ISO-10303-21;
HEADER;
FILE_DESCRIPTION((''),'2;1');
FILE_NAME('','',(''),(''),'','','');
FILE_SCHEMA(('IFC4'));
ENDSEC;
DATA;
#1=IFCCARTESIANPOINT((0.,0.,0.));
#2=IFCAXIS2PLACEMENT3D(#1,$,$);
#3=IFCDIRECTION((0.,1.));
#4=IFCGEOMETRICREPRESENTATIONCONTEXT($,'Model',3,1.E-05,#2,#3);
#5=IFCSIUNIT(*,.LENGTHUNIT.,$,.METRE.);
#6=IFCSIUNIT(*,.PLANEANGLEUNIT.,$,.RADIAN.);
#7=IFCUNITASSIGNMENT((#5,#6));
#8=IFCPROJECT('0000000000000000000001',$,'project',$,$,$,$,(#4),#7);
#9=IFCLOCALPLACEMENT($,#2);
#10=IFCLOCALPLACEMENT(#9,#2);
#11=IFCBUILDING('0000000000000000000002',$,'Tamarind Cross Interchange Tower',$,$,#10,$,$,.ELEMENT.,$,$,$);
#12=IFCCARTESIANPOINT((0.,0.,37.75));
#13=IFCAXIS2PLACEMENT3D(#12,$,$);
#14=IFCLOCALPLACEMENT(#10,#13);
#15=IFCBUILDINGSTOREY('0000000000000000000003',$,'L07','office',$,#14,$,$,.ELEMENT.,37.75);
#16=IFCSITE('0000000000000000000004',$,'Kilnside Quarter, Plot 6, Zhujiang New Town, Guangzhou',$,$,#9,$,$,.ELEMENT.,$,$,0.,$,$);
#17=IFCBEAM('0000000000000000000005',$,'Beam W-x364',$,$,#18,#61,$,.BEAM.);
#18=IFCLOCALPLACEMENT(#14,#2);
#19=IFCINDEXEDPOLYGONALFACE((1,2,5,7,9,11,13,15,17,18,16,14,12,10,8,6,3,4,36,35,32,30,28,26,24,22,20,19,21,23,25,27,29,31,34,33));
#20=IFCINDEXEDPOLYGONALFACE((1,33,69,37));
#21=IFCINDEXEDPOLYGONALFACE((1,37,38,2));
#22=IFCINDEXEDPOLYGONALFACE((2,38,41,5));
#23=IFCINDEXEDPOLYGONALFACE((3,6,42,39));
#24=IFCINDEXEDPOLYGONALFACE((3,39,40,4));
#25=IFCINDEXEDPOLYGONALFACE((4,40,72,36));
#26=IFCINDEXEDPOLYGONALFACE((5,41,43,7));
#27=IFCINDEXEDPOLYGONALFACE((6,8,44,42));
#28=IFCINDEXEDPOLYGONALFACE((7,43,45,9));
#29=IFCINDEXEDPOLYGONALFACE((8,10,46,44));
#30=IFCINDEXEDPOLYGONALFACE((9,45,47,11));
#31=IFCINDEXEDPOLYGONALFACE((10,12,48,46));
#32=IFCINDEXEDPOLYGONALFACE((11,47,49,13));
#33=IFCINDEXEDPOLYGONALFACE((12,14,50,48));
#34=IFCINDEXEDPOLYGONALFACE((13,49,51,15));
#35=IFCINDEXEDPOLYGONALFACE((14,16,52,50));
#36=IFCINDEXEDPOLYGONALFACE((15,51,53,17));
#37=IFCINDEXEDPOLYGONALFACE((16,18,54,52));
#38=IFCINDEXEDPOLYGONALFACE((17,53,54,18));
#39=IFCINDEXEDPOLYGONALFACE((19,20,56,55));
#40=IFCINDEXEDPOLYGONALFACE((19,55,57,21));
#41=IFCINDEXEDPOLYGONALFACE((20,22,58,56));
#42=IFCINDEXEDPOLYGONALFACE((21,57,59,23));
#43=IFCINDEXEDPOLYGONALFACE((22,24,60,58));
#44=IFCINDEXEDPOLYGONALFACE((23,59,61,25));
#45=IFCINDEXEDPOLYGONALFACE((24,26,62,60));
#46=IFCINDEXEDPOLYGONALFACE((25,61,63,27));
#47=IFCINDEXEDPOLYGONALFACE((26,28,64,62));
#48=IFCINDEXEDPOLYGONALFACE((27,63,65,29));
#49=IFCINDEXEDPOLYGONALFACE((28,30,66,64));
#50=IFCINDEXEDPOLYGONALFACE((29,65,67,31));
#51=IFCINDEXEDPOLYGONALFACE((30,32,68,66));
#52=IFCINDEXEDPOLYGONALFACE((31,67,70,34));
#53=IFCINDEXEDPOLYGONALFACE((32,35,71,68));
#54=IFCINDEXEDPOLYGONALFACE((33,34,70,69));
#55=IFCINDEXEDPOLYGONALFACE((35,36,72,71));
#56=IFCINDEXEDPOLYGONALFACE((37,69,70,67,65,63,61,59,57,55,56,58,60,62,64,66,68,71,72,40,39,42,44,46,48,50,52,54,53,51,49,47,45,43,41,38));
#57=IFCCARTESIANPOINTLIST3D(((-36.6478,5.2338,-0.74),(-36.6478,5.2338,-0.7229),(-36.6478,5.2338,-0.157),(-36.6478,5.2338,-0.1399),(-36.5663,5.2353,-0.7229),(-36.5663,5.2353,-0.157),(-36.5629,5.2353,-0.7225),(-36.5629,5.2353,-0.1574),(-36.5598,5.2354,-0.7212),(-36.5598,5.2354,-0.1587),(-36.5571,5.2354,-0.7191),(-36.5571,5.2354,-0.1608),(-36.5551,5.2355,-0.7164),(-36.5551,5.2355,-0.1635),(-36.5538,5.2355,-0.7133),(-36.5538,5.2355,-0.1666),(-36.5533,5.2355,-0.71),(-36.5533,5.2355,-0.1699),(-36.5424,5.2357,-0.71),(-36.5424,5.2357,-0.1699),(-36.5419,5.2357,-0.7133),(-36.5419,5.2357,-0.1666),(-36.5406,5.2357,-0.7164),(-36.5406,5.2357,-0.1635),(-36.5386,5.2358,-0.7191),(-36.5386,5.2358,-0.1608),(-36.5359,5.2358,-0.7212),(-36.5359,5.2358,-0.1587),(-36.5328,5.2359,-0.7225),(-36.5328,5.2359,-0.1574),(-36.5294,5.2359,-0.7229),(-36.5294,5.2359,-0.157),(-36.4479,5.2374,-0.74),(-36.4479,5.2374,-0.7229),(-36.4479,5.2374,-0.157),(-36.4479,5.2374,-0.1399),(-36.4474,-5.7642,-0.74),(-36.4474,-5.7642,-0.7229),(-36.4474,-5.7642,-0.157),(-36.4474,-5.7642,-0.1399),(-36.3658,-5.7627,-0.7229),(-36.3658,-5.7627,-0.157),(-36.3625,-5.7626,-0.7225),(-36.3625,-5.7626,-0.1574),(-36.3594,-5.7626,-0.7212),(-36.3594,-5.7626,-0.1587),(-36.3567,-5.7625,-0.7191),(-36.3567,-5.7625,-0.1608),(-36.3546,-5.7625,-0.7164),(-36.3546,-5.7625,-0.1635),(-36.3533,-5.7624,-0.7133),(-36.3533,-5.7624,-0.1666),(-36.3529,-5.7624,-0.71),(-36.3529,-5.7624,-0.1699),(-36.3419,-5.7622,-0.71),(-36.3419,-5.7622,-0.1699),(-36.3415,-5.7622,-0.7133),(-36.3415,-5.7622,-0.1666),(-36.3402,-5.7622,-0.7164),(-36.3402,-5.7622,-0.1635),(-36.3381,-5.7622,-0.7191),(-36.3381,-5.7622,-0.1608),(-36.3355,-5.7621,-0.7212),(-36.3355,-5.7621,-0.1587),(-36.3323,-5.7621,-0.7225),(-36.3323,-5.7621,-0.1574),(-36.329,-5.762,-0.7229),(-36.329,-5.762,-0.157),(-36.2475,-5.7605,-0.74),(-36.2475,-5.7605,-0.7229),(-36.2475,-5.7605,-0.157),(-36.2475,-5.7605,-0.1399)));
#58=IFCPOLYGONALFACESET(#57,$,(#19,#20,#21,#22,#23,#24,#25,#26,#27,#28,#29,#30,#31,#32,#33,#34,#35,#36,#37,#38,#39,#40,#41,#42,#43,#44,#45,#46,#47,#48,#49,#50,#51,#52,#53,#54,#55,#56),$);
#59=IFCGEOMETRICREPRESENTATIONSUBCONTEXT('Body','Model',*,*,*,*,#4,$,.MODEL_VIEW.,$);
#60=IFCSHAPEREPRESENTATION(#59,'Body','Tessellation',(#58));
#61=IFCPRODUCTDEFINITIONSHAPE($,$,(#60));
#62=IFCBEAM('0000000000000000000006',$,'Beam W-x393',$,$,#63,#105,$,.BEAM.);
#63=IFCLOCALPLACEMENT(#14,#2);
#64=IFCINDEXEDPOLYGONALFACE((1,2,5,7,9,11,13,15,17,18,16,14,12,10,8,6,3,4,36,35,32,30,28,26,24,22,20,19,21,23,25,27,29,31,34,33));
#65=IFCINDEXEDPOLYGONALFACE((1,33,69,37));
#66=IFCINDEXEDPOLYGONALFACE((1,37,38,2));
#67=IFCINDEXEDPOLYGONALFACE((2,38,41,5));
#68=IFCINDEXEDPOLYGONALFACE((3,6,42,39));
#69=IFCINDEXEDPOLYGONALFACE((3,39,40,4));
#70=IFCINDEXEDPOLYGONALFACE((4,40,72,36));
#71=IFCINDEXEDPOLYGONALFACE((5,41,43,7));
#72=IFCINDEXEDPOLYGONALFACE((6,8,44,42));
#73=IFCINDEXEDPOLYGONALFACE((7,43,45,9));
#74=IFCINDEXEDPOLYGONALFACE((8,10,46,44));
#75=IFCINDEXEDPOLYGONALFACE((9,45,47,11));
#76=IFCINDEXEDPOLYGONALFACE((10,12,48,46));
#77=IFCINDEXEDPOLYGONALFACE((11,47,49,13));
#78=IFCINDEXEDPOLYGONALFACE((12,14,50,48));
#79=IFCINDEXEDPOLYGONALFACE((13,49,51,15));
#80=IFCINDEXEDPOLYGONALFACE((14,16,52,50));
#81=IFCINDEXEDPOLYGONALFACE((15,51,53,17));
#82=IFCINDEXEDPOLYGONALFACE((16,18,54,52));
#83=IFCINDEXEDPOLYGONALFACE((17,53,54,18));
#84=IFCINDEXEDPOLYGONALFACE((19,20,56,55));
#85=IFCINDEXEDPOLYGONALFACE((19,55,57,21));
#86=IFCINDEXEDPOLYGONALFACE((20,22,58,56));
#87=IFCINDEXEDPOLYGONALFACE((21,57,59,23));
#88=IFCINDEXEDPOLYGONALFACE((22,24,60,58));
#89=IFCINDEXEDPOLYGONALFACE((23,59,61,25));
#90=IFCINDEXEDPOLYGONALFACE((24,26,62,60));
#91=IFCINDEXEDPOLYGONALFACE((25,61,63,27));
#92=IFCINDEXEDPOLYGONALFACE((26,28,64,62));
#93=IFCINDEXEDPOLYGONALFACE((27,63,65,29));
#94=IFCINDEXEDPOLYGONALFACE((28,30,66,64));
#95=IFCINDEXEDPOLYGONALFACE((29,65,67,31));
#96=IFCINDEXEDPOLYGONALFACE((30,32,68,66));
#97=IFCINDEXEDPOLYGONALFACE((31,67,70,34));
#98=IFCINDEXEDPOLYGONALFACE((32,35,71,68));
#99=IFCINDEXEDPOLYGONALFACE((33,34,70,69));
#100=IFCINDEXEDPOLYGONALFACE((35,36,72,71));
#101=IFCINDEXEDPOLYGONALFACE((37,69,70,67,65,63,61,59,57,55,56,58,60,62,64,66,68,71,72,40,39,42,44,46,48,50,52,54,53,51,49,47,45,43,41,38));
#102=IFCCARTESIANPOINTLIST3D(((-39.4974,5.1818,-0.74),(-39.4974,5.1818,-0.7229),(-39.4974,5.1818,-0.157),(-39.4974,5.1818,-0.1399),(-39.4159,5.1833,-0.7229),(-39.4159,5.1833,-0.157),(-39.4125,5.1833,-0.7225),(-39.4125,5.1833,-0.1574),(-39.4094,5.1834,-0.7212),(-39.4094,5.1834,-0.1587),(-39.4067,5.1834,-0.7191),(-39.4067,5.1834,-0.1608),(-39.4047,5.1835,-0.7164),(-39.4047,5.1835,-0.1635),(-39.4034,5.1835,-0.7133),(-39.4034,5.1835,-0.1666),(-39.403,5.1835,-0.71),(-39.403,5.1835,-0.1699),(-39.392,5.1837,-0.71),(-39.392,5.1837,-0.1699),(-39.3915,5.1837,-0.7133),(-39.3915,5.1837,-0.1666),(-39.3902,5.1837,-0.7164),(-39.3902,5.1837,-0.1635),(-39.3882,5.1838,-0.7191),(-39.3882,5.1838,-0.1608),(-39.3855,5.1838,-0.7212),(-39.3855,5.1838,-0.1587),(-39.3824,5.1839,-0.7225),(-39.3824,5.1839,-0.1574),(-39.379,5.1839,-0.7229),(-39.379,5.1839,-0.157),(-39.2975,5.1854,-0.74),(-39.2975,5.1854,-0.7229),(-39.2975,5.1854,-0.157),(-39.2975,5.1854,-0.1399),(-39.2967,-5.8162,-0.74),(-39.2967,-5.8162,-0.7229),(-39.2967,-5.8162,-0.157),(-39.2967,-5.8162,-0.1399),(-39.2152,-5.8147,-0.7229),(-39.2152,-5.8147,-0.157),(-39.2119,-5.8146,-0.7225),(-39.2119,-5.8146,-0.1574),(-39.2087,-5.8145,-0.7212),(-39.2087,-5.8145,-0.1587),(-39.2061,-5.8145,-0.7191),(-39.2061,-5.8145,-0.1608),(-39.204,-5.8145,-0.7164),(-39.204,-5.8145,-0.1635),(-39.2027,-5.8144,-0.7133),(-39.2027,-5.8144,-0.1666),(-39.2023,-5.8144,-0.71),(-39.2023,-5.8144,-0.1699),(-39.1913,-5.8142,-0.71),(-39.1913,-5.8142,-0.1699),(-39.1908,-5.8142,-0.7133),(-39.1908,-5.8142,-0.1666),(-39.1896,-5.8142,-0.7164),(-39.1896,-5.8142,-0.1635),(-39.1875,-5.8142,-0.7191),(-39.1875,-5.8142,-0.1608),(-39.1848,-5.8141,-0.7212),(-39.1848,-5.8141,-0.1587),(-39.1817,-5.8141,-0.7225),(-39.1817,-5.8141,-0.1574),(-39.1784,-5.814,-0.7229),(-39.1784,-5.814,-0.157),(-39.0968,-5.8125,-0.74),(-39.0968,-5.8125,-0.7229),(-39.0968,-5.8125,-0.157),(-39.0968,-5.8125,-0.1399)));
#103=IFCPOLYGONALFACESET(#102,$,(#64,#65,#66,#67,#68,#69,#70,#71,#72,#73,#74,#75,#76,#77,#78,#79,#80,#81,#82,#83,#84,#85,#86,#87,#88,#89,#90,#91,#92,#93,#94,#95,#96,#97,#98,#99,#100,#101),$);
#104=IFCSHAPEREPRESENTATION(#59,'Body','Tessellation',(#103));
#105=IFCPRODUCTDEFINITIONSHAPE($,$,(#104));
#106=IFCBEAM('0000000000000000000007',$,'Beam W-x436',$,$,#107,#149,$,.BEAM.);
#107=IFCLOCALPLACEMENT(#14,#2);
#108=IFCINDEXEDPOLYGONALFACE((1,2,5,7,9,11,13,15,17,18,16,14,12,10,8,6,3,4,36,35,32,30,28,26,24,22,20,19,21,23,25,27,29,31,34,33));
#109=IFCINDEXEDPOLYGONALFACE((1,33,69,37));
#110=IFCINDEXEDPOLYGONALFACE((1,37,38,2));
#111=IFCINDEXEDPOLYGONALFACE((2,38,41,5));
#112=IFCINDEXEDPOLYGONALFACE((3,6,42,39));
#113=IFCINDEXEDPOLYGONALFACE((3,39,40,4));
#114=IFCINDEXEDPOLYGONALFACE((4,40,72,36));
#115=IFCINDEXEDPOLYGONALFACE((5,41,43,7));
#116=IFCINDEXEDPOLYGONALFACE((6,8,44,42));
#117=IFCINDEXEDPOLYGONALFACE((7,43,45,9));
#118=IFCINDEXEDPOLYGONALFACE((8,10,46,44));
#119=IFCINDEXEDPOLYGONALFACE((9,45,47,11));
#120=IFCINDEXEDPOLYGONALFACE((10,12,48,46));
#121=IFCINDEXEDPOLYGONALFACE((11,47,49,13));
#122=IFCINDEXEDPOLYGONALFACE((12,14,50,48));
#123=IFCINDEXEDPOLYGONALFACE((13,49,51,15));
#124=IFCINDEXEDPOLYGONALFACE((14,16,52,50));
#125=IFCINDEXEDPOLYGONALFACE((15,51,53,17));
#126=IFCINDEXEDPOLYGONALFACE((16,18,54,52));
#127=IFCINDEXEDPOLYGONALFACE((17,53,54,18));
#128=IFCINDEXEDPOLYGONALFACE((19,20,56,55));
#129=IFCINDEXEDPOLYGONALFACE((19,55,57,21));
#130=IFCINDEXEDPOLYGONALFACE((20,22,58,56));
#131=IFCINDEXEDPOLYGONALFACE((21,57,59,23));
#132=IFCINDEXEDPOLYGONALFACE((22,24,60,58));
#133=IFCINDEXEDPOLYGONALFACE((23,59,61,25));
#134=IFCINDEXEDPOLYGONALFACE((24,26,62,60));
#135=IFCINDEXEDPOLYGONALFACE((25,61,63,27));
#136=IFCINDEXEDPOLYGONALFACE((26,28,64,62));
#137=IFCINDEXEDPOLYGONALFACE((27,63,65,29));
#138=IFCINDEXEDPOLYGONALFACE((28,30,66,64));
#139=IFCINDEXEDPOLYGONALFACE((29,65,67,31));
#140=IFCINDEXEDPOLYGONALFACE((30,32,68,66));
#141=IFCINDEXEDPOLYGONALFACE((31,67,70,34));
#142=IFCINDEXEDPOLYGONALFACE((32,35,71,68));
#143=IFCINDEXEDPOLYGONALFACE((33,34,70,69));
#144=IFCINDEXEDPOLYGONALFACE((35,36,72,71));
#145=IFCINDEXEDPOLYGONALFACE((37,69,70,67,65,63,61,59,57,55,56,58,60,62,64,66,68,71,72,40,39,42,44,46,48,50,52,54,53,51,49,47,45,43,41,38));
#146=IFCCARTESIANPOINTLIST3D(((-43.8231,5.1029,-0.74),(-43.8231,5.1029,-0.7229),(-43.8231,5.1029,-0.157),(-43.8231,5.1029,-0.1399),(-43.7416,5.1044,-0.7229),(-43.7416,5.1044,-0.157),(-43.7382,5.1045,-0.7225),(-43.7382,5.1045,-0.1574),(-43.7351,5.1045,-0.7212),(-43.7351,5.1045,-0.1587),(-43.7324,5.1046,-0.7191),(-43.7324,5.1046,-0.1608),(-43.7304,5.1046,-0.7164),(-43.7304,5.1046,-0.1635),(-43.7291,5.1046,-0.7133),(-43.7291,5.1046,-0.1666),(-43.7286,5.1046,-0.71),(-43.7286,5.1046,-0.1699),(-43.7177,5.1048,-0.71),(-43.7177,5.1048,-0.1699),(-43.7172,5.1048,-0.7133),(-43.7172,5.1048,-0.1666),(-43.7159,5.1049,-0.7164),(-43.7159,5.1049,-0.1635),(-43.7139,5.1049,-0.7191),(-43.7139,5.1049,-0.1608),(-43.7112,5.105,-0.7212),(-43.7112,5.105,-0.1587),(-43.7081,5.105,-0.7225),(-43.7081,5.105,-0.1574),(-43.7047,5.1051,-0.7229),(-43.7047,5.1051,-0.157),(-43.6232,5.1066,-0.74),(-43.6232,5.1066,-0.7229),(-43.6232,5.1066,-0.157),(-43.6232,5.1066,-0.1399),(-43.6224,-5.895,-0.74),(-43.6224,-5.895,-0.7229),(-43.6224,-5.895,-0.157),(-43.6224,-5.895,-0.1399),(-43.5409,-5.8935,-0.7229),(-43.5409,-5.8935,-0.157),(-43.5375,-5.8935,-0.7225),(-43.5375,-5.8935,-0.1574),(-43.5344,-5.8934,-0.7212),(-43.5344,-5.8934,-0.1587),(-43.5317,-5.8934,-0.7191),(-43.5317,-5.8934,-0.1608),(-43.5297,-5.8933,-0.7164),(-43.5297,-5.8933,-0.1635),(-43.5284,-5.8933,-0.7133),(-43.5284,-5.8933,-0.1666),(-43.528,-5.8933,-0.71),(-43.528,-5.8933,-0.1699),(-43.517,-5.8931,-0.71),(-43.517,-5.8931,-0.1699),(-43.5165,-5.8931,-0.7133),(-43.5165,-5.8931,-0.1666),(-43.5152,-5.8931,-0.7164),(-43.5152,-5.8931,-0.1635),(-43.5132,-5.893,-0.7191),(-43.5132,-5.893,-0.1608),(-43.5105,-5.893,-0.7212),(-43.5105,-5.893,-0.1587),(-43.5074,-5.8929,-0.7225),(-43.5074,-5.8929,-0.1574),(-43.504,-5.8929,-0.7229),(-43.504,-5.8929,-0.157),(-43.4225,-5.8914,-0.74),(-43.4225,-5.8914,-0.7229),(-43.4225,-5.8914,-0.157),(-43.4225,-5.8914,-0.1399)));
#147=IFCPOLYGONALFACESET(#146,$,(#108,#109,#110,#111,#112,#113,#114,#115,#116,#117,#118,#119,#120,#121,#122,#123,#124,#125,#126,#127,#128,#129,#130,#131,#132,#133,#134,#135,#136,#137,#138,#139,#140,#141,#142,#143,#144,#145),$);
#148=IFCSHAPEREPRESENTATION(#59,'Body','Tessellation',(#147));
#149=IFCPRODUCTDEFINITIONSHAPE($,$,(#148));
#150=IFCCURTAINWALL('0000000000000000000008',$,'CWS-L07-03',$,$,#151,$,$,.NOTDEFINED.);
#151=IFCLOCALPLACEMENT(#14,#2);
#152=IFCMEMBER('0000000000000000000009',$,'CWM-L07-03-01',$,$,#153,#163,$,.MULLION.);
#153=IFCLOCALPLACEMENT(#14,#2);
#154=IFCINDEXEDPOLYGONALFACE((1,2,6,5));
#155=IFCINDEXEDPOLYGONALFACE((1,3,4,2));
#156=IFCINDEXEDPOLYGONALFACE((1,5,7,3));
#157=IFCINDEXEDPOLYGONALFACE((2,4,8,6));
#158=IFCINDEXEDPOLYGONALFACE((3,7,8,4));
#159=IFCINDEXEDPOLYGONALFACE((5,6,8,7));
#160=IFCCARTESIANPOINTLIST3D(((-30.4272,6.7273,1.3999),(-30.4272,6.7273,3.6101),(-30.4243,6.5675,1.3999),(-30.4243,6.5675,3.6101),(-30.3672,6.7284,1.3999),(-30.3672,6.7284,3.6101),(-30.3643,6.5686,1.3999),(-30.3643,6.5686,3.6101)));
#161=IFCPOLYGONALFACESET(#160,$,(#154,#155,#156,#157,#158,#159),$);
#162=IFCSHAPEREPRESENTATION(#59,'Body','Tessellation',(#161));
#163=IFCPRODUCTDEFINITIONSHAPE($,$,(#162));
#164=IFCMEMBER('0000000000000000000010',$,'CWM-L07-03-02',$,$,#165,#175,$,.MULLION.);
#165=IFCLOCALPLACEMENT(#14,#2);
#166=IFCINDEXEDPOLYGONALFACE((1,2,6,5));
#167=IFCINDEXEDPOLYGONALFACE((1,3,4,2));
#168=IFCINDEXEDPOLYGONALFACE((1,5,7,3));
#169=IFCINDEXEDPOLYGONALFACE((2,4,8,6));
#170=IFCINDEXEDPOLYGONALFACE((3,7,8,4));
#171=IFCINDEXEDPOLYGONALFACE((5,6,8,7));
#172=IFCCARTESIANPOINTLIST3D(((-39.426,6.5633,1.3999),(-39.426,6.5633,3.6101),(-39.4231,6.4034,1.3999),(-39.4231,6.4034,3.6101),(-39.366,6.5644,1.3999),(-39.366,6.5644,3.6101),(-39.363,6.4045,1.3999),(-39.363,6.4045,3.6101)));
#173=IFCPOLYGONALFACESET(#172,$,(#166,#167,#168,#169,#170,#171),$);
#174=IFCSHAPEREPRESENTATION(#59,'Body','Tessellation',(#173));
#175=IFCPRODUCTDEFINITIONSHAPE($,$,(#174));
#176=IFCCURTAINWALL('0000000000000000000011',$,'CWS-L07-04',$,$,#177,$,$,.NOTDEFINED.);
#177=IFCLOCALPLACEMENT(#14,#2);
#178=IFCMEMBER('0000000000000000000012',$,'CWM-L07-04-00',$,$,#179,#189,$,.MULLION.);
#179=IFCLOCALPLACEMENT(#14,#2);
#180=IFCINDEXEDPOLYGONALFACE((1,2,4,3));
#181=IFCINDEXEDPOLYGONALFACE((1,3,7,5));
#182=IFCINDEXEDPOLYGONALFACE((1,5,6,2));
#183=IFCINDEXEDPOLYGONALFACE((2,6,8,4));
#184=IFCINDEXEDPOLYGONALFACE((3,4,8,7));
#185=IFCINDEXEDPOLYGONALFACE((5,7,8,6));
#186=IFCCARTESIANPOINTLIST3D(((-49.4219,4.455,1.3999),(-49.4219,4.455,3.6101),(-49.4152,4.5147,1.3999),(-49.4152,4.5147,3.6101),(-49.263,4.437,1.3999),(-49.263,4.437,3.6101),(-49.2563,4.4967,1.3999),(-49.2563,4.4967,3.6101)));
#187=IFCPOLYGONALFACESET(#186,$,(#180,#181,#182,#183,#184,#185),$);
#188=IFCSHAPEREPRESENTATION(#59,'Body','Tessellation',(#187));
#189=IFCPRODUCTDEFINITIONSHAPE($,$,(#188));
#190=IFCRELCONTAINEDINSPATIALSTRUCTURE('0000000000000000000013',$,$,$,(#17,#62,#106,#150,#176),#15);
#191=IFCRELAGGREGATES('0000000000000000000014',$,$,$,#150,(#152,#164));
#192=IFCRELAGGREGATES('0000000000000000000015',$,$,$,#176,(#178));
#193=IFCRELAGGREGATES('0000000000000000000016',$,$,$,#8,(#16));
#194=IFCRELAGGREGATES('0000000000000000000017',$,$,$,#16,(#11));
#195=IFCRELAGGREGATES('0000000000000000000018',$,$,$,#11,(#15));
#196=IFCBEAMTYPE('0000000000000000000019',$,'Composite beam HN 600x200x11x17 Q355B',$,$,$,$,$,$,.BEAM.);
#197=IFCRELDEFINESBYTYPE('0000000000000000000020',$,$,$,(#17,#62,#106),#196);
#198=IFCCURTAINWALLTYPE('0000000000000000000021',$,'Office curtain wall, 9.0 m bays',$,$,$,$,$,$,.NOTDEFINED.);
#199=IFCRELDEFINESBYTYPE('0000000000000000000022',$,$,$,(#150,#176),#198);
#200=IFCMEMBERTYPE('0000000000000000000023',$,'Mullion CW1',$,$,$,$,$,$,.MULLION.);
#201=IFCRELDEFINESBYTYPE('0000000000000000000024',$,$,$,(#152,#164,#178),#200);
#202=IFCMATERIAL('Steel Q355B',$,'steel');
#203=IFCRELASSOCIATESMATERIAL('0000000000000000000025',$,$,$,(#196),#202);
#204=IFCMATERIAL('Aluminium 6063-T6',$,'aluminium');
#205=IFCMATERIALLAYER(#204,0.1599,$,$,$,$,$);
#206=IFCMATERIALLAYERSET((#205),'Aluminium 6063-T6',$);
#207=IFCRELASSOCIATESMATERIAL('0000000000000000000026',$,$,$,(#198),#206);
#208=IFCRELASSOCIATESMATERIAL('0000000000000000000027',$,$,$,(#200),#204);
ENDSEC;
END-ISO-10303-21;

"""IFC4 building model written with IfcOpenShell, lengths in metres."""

from ifc_helpers import new_model, si_unit, direction, frame, origin, origin_2d, place, context, subcontext, project, spatial, rectangle, i_section, extrude, material, layer, layer_set, material_profile, profile_set, type_object, element, aggregate, save


model = new_model("IFC4")

# Units and contexts
model_context = context("Model", 3, precision=1e-05, world=origin(), true_north=direction((0.0, 1.0)))
body_context = subcontext(model_context, "Body", "Model", "MODEL_VIEW")
ifc_project = project(units=[si_unit("LENGTHUNIT", "METRE"), si_unit("PLANEANGLEUNIT", "RADIAN")], contexts=[model_context])

# Site, building, storey
site_placement = place(None, origin())
site = spatial("IfcSite", under=ifc_project, at=site_placement, Name="Kilnside Quarter, Plot 6, Zhujiang New Town, Guangzhou", CompositionType="ELEMENT", RefElevation=0.0)
building_placement = place(site_placement, origin())
building = spatial("IfcBuilding", under=site, at=building_placement, Name="Tamarind Cross Interchange Tower", CompositionType="ELEMENT")
storey_placement = place(building_placement, frame((0.0, 0.0, 37.75)))
storey = spatial("IfcBuildingStorey", under=building, at=storey_placement, Name="L07", Description="office", CompositionType="ELEMENT", Elevation=37.75)

# Beams
ifc_material_1 = material(Name="Steel Q355B", Category="steel")
ifc_material_profile_1 = material_profile(ifc_material_1, i_section(OverallWidth=0.2, OverallDepth=0.6001, WebThickness=0.011, FlangeThickness=0.0171, FilletRadius=0.0129, at=origin_2d()), Name="HN 600x200x11x17")
ifc_profile_set_1 = profile_set([ifc_material_profile_1], Name="Steel Q355B")
beam_type_1 = type_object("IfcBeamType", Name="Composite beam HN 600x200x11x17 Q355B", PredefinedType="BEAM", material=ifc_profile_set_1)
for number, where, z_axis, x_axis, name in (
    (1, (-36.5479, 5.2356, -0.4399), (0.018222, -0.999834, 0.0), (0.999834, 0.018222, 0.0), "Beam W-x364"),
    (2, (-39.3975, 5.1836, -0.4399), (0.018244, -0.999834, 0.0), (0.999834, 0.018244, 0.0), "Beam W-x393"),
    (3, (-43.7231, 5.1047, -0.4399), (0.018244, -0.999834, 0.0), (0.999834, 0.018244, 0.0), "Beam W-x436"),
):
    element("IfcBeam", number, at=place(storey_placement, frame(where, z_axis=z_axis, x_axis=x_axis)), inside=storey, type_object=beam_type_1, Name=name, PredefinedType="BEAM", context=body_context, shape_type="SweptSolid", body=[
        extrude(i_section(OverallWidth=0.2, OverallDepth=0.6001, WebThickness=0.011, FlangeThickness=0.0171, FilletRadius=0.0129, at=origin_2d()), origin(), (0.0, 0.0, 1.0), 10.9998),
    ])

# Curtain wall, members
ifc_material_2 = material(Name="Aluminium 6063-T6", Category="aluminium")
ifc_layer_1 = layer(ifc_material_2, 0.1599)
ifc_layer_set_1 = layer_set([ifc_layer_1], Name="Aluminium 6063-T6")
curtain_wall_type = type_object("IfcCurtainWallType", Name="Office curtain wall, 9.0 m bays", PredefinedType="NOTDEFINED", material=ifc_layer_set_1)
curtain_wall_1_placement = place(storey_placement, origin())
curtain_wall_1 = element("IfcCurtainWall", 4, at=curtain_wall_1_placement, inside=storey, type_object=curtain_wall_type, Name="CWS-L07-03", PredefinedType="NOTDEFINED")
ifc_material_profile_2 = material_profile(ifc_material_2, rectangle(XDim=0.0601, YDim=0.1599, at=origin_2d()), Name="Mullion CW1")
ifc_profile_set_2 = profile_set([ifc_material_profile_2], Name="Aluminium 6063-T6")
member_type = type_object("IfcMemberType", Name="Mullion CW1", PredefinedType="MULLION", material=ifc_profile_set_2)
member_1_placement = place(storey_placement, frame((-30.3958, 6.6479, 1.3999), z_axis=(0.0, 0.0, 1.0), x_axis=(-0.999834, -0.018234, 0.0)))
member_1 = element("IfcMember", 5, at=member_1_placement, type_object=member_type, Name="CWM-L07-03-01", PredefinedType="MULLION", context=body_context, shape_type="SweptSolid", body=[
    extrude(rectangle(XDim=0.0601, YDim=0.1599, at=origin_2d()), origin(), (0.0, 0.0, 1.0), 2.2102),
])
member_2_placement = place(storey_placement, frame((-39.3945, 6.4839, 1.3999), z_axis=(0.0, 0.0, 1.0), x_axis=(-0.999834, -0.018234, 0.0)))
member_2 = element("IfcMember", 6, at=member_2_placement, type_object=member_type, Name="CWM-L07-03-02", PredefinedType="MULLION", context=body_context, shape_type="SweptSolid", body=[
    extrude(rectangle(XDim=0.0601, YDim=0.1599, at=origin_2d()), origin(), (0.0, 0.0, 1.0), 2.2102),
])
aggregate(curtain_wall_1, [member_1, member_2])

# Curtain wall, member
curtain_wall_2_placement = place(storey_placement, origin())
curtain_wall_2 = element("IfcCurtainWall", 7, at=curtain_wall_2_placement, inside=storey, type_object=curtain_wall_type, Name="CWS-L07-04", PredefinedType="NOTDEFINED")
member_3_placement = place(storey_placement, frame((-49.3391, 4.4758, 1.3999), z_axis=(0.0, 0.0, 1.0), x_axis=(-0.112426, -0.99366, 0.0)))
member_3 = element("IfcMember", 8, at=member_3_placement, type_object=member_type, Name="CWM-L07-04-00", PredefinedType="MULLION", context=body_context, shape_type="SweptSolid", body=[
    extrude(rectangle(XDim=0.0601, YDim=0.1599, at=origin_2d()), origin(), (0.0, 0.0, 1.0), 2.2102),
])
aggregate(curtain_wall_2, [member_3])

save(model, "model.ifc")
